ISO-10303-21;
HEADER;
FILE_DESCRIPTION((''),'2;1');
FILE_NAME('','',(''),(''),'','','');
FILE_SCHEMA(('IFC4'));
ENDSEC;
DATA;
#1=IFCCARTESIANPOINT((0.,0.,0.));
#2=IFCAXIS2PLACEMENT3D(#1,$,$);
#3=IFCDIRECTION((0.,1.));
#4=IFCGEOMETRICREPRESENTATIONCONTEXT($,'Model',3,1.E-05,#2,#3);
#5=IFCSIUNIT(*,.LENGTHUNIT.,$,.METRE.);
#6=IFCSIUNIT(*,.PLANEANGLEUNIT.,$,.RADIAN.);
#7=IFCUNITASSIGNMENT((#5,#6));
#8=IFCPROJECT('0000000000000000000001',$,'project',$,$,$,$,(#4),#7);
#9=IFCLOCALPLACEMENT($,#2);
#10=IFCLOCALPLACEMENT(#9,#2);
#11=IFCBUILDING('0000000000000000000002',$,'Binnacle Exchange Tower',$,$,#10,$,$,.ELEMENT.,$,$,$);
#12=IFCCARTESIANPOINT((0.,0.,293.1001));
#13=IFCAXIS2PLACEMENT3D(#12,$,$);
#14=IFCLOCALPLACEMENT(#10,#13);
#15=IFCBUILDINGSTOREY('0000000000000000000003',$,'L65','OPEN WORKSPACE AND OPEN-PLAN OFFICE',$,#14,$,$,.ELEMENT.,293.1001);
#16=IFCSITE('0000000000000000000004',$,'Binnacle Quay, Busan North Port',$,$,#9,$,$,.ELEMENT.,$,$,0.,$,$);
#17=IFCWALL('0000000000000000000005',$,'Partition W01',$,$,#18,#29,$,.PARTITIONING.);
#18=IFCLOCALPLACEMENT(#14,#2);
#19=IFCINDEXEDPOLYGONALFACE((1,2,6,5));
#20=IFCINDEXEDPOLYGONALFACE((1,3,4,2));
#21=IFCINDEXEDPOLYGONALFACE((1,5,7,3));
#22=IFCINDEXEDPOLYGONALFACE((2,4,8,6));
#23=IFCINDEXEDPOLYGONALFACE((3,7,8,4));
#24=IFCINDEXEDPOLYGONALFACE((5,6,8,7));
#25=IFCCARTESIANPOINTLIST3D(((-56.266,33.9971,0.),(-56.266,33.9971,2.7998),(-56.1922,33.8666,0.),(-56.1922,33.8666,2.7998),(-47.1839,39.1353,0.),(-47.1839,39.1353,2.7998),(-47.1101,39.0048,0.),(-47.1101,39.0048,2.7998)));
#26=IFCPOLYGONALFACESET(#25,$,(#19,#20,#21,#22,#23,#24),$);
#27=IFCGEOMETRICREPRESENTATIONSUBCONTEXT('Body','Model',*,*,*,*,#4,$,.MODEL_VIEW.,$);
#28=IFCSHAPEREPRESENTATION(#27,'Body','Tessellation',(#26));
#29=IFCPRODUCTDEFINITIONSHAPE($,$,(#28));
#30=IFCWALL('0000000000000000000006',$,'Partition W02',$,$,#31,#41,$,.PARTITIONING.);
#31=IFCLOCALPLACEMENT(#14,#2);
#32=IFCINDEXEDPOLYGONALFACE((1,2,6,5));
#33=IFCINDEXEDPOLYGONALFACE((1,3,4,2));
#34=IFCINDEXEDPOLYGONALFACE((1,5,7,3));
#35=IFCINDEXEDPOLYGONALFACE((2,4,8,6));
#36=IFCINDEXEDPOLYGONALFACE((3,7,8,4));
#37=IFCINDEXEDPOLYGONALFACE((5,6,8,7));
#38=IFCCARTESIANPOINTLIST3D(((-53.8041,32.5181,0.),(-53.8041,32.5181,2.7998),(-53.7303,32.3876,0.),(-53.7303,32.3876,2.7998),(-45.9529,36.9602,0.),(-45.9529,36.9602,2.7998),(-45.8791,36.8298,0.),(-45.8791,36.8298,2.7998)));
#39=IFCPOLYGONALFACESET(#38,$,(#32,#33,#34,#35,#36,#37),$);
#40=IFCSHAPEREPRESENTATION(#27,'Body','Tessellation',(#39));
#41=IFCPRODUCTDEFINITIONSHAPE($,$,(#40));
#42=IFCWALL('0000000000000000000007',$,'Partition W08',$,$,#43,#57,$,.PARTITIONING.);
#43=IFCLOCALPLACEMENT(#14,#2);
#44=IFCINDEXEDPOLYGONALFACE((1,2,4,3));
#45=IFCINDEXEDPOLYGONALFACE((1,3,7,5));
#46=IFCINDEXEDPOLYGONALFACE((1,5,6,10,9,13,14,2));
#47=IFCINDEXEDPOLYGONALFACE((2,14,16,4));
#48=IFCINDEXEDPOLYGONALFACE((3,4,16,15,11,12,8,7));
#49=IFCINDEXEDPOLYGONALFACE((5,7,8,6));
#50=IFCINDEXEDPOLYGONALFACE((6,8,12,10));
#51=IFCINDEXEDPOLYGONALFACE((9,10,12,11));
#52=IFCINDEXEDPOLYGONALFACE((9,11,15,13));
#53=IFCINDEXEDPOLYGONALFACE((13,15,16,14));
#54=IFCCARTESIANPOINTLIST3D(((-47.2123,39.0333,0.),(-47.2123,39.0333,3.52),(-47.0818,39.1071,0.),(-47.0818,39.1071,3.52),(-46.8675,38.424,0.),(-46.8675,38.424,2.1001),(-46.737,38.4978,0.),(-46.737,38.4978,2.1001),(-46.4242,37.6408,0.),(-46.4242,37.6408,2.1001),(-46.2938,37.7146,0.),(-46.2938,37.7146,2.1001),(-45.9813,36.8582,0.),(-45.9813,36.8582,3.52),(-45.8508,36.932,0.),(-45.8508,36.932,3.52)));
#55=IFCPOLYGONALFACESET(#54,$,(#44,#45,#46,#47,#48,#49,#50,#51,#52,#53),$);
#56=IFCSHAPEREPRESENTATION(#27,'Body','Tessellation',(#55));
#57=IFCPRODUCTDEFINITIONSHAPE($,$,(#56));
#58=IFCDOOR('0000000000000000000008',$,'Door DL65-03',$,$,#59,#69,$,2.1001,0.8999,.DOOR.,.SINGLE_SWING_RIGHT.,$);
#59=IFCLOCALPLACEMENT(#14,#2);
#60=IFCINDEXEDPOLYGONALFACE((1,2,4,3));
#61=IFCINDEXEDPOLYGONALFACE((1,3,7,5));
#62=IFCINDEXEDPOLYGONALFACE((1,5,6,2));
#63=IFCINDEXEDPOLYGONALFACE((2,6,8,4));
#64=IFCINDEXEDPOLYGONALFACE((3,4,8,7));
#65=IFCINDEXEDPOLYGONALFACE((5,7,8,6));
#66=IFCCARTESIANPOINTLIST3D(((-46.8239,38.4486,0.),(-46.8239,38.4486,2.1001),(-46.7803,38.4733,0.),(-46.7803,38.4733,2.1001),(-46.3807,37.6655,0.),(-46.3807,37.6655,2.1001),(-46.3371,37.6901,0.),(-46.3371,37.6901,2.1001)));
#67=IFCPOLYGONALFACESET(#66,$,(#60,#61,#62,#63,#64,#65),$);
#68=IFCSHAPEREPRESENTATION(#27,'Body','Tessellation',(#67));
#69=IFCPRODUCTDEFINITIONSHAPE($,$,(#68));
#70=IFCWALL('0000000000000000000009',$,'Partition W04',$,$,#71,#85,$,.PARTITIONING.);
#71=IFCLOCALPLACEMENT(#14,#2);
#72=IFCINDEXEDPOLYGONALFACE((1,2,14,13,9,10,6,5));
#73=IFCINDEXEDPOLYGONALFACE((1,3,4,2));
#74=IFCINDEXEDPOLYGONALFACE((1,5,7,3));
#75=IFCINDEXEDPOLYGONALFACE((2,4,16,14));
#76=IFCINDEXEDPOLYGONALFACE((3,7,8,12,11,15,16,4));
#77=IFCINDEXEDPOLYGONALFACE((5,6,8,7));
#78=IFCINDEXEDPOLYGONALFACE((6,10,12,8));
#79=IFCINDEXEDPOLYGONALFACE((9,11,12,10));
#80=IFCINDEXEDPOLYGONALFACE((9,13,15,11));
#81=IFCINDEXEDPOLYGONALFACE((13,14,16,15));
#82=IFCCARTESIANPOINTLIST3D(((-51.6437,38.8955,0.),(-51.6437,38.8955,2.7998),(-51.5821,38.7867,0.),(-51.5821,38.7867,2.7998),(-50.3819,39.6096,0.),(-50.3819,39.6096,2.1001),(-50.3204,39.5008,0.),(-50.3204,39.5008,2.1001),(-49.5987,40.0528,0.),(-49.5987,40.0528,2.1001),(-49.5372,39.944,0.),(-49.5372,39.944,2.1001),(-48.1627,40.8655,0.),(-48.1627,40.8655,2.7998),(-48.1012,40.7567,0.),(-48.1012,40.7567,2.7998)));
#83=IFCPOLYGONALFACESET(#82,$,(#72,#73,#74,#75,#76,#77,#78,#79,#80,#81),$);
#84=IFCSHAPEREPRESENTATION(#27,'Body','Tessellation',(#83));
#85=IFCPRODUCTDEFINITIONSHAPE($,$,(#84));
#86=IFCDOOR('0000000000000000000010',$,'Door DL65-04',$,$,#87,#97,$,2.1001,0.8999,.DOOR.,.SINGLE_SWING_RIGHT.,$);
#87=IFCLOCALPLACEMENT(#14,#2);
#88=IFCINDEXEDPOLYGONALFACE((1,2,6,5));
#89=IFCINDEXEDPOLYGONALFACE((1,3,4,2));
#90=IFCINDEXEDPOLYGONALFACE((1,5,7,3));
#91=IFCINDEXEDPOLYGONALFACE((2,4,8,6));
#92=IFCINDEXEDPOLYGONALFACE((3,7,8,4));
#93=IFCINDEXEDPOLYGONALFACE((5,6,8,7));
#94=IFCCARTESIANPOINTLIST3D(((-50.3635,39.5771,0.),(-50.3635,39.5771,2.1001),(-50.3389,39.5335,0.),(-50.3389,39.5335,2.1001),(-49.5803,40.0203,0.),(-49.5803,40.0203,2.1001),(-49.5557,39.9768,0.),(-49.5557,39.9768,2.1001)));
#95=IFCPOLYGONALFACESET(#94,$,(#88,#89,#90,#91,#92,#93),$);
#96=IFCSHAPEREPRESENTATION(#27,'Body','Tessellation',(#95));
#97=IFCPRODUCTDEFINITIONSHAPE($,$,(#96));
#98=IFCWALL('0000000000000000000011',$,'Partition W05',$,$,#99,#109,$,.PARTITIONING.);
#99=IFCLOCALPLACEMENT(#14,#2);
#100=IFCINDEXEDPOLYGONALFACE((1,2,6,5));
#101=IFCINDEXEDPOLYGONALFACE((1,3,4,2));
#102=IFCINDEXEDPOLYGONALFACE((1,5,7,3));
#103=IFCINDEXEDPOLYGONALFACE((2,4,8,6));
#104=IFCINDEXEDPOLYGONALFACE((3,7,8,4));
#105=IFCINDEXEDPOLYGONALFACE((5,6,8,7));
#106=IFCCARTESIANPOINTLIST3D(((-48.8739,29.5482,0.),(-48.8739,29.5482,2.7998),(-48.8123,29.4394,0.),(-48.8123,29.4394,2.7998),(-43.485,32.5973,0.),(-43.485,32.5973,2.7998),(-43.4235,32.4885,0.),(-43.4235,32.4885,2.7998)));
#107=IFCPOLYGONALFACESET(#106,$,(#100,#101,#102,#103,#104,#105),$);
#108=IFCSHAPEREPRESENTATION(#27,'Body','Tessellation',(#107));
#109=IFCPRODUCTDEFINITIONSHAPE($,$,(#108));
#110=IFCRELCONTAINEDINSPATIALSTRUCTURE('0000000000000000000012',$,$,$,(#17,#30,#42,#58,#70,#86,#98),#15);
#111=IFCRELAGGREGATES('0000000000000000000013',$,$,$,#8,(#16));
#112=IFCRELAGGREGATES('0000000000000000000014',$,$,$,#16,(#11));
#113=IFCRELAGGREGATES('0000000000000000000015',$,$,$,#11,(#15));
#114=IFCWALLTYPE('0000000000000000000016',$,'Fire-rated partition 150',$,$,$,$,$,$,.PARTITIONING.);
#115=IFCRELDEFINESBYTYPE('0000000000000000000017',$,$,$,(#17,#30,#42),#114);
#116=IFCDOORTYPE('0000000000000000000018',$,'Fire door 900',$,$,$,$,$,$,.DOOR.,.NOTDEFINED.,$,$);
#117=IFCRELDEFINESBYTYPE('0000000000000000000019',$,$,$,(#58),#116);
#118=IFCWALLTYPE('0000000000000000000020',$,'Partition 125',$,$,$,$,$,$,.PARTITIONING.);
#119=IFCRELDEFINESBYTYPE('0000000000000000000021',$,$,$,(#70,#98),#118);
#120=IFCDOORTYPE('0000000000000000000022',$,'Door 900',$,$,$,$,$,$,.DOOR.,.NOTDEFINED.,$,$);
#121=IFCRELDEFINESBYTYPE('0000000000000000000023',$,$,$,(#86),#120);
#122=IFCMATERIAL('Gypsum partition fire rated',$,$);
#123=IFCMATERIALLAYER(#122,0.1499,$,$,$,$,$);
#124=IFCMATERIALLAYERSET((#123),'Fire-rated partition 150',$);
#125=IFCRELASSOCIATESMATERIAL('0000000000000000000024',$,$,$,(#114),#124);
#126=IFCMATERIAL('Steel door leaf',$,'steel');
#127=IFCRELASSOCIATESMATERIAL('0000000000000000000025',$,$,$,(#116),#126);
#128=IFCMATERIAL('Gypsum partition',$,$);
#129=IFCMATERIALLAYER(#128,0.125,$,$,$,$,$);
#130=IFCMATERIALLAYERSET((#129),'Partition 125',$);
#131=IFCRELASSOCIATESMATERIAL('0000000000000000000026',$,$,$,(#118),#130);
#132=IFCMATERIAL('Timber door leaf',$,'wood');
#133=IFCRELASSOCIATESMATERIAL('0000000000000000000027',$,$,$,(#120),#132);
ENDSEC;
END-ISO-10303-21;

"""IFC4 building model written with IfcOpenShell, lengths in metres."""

from ifc_helpers import new_model, si_unit, direction, frame, frame_2d, origin, place, context, subcontext, project, spatial, rectangle, extrude, material, layer, layer_set, type_object, element, fill, save


model = new_model("IFC4")

# Units and contexts
model_context = context("Model", 3, precision=1e-05, world=origin(), true_north=direction((0.0, 1.0)))
body_context = subcontext(model_context, "Body", "Model", "MODEL_VIEW")
ifc_project = project(units=[si_unit("LENGTHUNIT", "METRE"), si_unit("PLANEANGLEUNIT", "RADIAN")], contexts=[model_context])

# Site, building, storey
site_placement = place(None, origin())
site = spatial("IfcSite", under=ifc_project, at=site_placement, Name="Binnacle Quay, Busan North Port", CompositionType="ELEMENT", RefElevation=0.0)
building_placement = place(site_placement, origin())
building = spatial("IfcBuilding", under=site, at=building_placement, Name="Binnacle Exchange Tower", CompositionType="ELEMENT")
storey_placement = place(building_placement, frame((0.0, 0.0, 293.1001)))
storey = spatial("IfcBuildingStorey", under=building, at=storey_placement, Name="L65", Description="OPEN WORKSPACE AND OPEN-PLAN OFFICE", CompositionType="ELEMENT", Elevation=293.1001)

# Walls
ifc_material_1 = material(Name="Gypsum partition fire rated")
ifc_layer_1 = layer(ifc_material_1, 0.1499)
ifc_layer_set_1 = layer_set([ifc_layer_1], Name="Fire-rated partition 150")
wall_type_1 = type_object("IfcWallType", Name="Fire-rated partition 150", PredefinedType="PARTITIONING", material=ifc_layer_set_1)
wall_1_placement = place(storey_placement, frame((-56.229, 33.9319, 0.0), z_axis=(0.0, 0.0, 1.0), x_axis=(0.870363, 0.49241, 0.0)))
element("IfcWall", 1, at=wall_1_placement, inside=storey, type_object=wall_type_1, Name="Partition W01", PredefinedType="PARTITIONING", context=body_context, shape_type="SweptSolid", body=[
    extrude(rectangle(XDim=10.4348, YDim=0.1499, at=frame_2d((5.2173, 0.0))), origin(), (0.0, 0.0, 1.0), 2.7998),
])
wall_2_placement = place(storey_placement, frame((-53.7671, 32.4529, 0.0), z_axis=(0.0, 0.0, 1.0), x_axis=(0.870345, 0.492442, 0.0)))
element("IfcWall", 2, at=wall_2_placement, inside=storey, type_object=wall_type_1, Name="Partition W02", PredefinedType="PARTITIONING", context=body_context, shape_type="SweptSolid", body=[
    extrude(rectangle(XDim=9.0208, YDim=0.1499, at=frame_2d((4.5103, 0.0))), origin(), (0.0, 0.0, 1.0), 2.7998),
])

# Walls, openings, doors
wall_3_placement = place(storey_placement, frame((-47.147, 39.0701, 0.0), z_axis=(0.0, 0.0, 1.0), x_axis=(0.492537, -0.870292, 0.0)))
wall_3 = element("IfcWall", 3, at=wall_3_placement, inside=storey, type_object=wall_type_1, Name="Partition W08", PredefinedType="PARTITIONING", context=body_context, shape_type="SweptSolid", body=[
    extrude(rectangle(XDim=2.4993, YDim=0.1499, at=frame_2d((1.2495, 0.0))), origin(), (0.0, 0.0, 1.0), 3.52),
])
opening_1_placement = place(wall_3_placement, frame((0.7, 0.0, 0.0)))
opening_1 = element("IfcOpeningElement", 4, at=opening_1_placement, cuts=wall_3, PredefinedType="OPENING", context=body_context, shape_type="SweptSolid", body=[
    extrude(rectangle(XDim=0.8999, YDim=2.1001, at=frame_2d((0.45, 1.05))), frame((0.0, 0.085, 0.0), z_axis=(0.0, -1.0, 0.0), x_axis=(1.0, 0.0, 0.0)), (0.0, 0.0, 1.0), 0.1699),
])
ifc_material_2 = material(Name="Steel door leaf", Category="steel")
door_type_1 = type_object("IfcDoorType", Name="Fire door 900", OperationType="NOTDEFINED", PredefinedType="DOOR", material=ifc_material_2)
door_1_placement = place(opening_1_placement, frame((0.8999, 0.0, 0.0), z_axis=(0.0, 0.0, 1.0), x_axis=(-1.0, 0.0, 0.0)))
door_1 = element("IfcDoor", 5, at=door_1_placement, inside=storey, type_object=door_type_1, Name="Door DL65-03", OperationType="SINGLE_SWING_RIGHT", OverallHeight=2.1001, OverallWidth=0.8999, PredefinedType="DOOR", context=body_context, shape_type="SweptSolid", body=[
    extrude(rectangle(XDim=0.8999, YDim=2.1001, at=frame_2d((0.45, 1.05))), frame((0.0, 0.0249, 0.0), z_axis=(0.0, -1.0, 0.0), x_axis=(1.0, 0.0, 0.0)), (0.0, 0.0, 1.0), 0.05),
])
fill(opening_1, door_1)
ifc_material_3 = material(Name="Gypsum partition")
ifc_layer_2 = layer(ifc_material_3, 0.125)
ifc_layer_set_2 = layer_set([ifc_layer_2], Name="Partition 125")
wall_type_2 = type_object("IfcWallType", Name="Partition 125", PredefinedType="PARTITIONING", material=ifc_layer_set_2)
wall_4_placement = place(storey_placement, frame((-51.613, 38.8411, 0.0), z_axis=(0.0, 0.0, 1.0), x_axis=(0.870298, 0.492526, 0.0)))
wall_4 = element("IfcWall", 6, at=wall_4_placement, inside=storey, type_object=wall_type_2, Name="Partition W04", PredefinedType="PARTITIONING", context=body_context, shape_type="SweptSolid", body=[
    extrude(rectangle(XDim=3.9998, YDim=0.125, at=frame_2d((2.0, 0.0))), origin(), (0.0, 0.0, 1.0), 2.7998),
])
opening_2_placement = place(wall_4_placement, frame((1.45, 0.0, 0.0)))
opening_2 = element("IfcOpeningElement", 7, at=opening_2_placement, cuts=wall_4, PredefinedType="OPENING", context=body_context, shape_type="SweptSolid", body=[
    extrude(rectangle(XDim=0.8999, YDim=2.1001, at=frame_2d((0.45, 1.05))), frame((0.0, 0.0725, 0.0), z_axis=(0.0, -1.0, 0.0), x_axis=(1.0, 0.0, 0.0)), (0.0, 0.0, 1.0), 0.145),
])
ifc_material_4 = material(Name="Timber door leaf", Category="wood")
door_type_2 = type_object("IfcDoorType", Name="Door 900", OperationType="NOTDEFINED", PredefinedType="DOOR", material=ifc_material_4)
door_2_placement = place(opening_2_placement, frame((0.8999, 0.0, 0.0), z_axis=(0.0, 0.0, 1.0), x_axis=(-1.0, 0.0, 0.0)))
door_2 = element("IfcDoor", 8, at=door_2_placement, inside=storey, type_object=door_type_2, Name="Door DL65-04", OperationType="SINGLE_SWING_RIGHT", OverallHeight=2.1001, OverallWidth=0.8999, PredefinedType="DOOR", context=body_context, shape_type="SweptSolid", body=[
    extrude(rectangle(XDim=0.8999, YDim=2.1001, at=frame_2d((0.45, 1.05))), frame((0.0, 0.0249, 0.0), z_axis=(0.0, -1.0, 0.0), x_axis=(1.0, 0.0, 0.0)), (0.0, 0.0, 1.0), 0.05),
])
fill(opening_2, door_2)

# Wall
wall_5_placement = place(storey_placement, frame((-48.843, 29.4939, 0.0), z_axis=(0.0, 0.0, 1.0), x_axis=(0.870344, 0.492444, 0.0)))
element("IfcWall", 9, at=wall_5_placement, inside=storey, type_object=wall_type_2, Name="Partition W05", PredefinedType="PARTITIONING", context=body_context, shape_type="SweptSolid", body=[
    extrude(rectangle(XDim=6.1917, YDim=0.125, at=frame_2d((3.0957, 0.0))), origin(), (0.0, 0.0, 1.0), 2.7998),
])

save(model, "model.ifc")
